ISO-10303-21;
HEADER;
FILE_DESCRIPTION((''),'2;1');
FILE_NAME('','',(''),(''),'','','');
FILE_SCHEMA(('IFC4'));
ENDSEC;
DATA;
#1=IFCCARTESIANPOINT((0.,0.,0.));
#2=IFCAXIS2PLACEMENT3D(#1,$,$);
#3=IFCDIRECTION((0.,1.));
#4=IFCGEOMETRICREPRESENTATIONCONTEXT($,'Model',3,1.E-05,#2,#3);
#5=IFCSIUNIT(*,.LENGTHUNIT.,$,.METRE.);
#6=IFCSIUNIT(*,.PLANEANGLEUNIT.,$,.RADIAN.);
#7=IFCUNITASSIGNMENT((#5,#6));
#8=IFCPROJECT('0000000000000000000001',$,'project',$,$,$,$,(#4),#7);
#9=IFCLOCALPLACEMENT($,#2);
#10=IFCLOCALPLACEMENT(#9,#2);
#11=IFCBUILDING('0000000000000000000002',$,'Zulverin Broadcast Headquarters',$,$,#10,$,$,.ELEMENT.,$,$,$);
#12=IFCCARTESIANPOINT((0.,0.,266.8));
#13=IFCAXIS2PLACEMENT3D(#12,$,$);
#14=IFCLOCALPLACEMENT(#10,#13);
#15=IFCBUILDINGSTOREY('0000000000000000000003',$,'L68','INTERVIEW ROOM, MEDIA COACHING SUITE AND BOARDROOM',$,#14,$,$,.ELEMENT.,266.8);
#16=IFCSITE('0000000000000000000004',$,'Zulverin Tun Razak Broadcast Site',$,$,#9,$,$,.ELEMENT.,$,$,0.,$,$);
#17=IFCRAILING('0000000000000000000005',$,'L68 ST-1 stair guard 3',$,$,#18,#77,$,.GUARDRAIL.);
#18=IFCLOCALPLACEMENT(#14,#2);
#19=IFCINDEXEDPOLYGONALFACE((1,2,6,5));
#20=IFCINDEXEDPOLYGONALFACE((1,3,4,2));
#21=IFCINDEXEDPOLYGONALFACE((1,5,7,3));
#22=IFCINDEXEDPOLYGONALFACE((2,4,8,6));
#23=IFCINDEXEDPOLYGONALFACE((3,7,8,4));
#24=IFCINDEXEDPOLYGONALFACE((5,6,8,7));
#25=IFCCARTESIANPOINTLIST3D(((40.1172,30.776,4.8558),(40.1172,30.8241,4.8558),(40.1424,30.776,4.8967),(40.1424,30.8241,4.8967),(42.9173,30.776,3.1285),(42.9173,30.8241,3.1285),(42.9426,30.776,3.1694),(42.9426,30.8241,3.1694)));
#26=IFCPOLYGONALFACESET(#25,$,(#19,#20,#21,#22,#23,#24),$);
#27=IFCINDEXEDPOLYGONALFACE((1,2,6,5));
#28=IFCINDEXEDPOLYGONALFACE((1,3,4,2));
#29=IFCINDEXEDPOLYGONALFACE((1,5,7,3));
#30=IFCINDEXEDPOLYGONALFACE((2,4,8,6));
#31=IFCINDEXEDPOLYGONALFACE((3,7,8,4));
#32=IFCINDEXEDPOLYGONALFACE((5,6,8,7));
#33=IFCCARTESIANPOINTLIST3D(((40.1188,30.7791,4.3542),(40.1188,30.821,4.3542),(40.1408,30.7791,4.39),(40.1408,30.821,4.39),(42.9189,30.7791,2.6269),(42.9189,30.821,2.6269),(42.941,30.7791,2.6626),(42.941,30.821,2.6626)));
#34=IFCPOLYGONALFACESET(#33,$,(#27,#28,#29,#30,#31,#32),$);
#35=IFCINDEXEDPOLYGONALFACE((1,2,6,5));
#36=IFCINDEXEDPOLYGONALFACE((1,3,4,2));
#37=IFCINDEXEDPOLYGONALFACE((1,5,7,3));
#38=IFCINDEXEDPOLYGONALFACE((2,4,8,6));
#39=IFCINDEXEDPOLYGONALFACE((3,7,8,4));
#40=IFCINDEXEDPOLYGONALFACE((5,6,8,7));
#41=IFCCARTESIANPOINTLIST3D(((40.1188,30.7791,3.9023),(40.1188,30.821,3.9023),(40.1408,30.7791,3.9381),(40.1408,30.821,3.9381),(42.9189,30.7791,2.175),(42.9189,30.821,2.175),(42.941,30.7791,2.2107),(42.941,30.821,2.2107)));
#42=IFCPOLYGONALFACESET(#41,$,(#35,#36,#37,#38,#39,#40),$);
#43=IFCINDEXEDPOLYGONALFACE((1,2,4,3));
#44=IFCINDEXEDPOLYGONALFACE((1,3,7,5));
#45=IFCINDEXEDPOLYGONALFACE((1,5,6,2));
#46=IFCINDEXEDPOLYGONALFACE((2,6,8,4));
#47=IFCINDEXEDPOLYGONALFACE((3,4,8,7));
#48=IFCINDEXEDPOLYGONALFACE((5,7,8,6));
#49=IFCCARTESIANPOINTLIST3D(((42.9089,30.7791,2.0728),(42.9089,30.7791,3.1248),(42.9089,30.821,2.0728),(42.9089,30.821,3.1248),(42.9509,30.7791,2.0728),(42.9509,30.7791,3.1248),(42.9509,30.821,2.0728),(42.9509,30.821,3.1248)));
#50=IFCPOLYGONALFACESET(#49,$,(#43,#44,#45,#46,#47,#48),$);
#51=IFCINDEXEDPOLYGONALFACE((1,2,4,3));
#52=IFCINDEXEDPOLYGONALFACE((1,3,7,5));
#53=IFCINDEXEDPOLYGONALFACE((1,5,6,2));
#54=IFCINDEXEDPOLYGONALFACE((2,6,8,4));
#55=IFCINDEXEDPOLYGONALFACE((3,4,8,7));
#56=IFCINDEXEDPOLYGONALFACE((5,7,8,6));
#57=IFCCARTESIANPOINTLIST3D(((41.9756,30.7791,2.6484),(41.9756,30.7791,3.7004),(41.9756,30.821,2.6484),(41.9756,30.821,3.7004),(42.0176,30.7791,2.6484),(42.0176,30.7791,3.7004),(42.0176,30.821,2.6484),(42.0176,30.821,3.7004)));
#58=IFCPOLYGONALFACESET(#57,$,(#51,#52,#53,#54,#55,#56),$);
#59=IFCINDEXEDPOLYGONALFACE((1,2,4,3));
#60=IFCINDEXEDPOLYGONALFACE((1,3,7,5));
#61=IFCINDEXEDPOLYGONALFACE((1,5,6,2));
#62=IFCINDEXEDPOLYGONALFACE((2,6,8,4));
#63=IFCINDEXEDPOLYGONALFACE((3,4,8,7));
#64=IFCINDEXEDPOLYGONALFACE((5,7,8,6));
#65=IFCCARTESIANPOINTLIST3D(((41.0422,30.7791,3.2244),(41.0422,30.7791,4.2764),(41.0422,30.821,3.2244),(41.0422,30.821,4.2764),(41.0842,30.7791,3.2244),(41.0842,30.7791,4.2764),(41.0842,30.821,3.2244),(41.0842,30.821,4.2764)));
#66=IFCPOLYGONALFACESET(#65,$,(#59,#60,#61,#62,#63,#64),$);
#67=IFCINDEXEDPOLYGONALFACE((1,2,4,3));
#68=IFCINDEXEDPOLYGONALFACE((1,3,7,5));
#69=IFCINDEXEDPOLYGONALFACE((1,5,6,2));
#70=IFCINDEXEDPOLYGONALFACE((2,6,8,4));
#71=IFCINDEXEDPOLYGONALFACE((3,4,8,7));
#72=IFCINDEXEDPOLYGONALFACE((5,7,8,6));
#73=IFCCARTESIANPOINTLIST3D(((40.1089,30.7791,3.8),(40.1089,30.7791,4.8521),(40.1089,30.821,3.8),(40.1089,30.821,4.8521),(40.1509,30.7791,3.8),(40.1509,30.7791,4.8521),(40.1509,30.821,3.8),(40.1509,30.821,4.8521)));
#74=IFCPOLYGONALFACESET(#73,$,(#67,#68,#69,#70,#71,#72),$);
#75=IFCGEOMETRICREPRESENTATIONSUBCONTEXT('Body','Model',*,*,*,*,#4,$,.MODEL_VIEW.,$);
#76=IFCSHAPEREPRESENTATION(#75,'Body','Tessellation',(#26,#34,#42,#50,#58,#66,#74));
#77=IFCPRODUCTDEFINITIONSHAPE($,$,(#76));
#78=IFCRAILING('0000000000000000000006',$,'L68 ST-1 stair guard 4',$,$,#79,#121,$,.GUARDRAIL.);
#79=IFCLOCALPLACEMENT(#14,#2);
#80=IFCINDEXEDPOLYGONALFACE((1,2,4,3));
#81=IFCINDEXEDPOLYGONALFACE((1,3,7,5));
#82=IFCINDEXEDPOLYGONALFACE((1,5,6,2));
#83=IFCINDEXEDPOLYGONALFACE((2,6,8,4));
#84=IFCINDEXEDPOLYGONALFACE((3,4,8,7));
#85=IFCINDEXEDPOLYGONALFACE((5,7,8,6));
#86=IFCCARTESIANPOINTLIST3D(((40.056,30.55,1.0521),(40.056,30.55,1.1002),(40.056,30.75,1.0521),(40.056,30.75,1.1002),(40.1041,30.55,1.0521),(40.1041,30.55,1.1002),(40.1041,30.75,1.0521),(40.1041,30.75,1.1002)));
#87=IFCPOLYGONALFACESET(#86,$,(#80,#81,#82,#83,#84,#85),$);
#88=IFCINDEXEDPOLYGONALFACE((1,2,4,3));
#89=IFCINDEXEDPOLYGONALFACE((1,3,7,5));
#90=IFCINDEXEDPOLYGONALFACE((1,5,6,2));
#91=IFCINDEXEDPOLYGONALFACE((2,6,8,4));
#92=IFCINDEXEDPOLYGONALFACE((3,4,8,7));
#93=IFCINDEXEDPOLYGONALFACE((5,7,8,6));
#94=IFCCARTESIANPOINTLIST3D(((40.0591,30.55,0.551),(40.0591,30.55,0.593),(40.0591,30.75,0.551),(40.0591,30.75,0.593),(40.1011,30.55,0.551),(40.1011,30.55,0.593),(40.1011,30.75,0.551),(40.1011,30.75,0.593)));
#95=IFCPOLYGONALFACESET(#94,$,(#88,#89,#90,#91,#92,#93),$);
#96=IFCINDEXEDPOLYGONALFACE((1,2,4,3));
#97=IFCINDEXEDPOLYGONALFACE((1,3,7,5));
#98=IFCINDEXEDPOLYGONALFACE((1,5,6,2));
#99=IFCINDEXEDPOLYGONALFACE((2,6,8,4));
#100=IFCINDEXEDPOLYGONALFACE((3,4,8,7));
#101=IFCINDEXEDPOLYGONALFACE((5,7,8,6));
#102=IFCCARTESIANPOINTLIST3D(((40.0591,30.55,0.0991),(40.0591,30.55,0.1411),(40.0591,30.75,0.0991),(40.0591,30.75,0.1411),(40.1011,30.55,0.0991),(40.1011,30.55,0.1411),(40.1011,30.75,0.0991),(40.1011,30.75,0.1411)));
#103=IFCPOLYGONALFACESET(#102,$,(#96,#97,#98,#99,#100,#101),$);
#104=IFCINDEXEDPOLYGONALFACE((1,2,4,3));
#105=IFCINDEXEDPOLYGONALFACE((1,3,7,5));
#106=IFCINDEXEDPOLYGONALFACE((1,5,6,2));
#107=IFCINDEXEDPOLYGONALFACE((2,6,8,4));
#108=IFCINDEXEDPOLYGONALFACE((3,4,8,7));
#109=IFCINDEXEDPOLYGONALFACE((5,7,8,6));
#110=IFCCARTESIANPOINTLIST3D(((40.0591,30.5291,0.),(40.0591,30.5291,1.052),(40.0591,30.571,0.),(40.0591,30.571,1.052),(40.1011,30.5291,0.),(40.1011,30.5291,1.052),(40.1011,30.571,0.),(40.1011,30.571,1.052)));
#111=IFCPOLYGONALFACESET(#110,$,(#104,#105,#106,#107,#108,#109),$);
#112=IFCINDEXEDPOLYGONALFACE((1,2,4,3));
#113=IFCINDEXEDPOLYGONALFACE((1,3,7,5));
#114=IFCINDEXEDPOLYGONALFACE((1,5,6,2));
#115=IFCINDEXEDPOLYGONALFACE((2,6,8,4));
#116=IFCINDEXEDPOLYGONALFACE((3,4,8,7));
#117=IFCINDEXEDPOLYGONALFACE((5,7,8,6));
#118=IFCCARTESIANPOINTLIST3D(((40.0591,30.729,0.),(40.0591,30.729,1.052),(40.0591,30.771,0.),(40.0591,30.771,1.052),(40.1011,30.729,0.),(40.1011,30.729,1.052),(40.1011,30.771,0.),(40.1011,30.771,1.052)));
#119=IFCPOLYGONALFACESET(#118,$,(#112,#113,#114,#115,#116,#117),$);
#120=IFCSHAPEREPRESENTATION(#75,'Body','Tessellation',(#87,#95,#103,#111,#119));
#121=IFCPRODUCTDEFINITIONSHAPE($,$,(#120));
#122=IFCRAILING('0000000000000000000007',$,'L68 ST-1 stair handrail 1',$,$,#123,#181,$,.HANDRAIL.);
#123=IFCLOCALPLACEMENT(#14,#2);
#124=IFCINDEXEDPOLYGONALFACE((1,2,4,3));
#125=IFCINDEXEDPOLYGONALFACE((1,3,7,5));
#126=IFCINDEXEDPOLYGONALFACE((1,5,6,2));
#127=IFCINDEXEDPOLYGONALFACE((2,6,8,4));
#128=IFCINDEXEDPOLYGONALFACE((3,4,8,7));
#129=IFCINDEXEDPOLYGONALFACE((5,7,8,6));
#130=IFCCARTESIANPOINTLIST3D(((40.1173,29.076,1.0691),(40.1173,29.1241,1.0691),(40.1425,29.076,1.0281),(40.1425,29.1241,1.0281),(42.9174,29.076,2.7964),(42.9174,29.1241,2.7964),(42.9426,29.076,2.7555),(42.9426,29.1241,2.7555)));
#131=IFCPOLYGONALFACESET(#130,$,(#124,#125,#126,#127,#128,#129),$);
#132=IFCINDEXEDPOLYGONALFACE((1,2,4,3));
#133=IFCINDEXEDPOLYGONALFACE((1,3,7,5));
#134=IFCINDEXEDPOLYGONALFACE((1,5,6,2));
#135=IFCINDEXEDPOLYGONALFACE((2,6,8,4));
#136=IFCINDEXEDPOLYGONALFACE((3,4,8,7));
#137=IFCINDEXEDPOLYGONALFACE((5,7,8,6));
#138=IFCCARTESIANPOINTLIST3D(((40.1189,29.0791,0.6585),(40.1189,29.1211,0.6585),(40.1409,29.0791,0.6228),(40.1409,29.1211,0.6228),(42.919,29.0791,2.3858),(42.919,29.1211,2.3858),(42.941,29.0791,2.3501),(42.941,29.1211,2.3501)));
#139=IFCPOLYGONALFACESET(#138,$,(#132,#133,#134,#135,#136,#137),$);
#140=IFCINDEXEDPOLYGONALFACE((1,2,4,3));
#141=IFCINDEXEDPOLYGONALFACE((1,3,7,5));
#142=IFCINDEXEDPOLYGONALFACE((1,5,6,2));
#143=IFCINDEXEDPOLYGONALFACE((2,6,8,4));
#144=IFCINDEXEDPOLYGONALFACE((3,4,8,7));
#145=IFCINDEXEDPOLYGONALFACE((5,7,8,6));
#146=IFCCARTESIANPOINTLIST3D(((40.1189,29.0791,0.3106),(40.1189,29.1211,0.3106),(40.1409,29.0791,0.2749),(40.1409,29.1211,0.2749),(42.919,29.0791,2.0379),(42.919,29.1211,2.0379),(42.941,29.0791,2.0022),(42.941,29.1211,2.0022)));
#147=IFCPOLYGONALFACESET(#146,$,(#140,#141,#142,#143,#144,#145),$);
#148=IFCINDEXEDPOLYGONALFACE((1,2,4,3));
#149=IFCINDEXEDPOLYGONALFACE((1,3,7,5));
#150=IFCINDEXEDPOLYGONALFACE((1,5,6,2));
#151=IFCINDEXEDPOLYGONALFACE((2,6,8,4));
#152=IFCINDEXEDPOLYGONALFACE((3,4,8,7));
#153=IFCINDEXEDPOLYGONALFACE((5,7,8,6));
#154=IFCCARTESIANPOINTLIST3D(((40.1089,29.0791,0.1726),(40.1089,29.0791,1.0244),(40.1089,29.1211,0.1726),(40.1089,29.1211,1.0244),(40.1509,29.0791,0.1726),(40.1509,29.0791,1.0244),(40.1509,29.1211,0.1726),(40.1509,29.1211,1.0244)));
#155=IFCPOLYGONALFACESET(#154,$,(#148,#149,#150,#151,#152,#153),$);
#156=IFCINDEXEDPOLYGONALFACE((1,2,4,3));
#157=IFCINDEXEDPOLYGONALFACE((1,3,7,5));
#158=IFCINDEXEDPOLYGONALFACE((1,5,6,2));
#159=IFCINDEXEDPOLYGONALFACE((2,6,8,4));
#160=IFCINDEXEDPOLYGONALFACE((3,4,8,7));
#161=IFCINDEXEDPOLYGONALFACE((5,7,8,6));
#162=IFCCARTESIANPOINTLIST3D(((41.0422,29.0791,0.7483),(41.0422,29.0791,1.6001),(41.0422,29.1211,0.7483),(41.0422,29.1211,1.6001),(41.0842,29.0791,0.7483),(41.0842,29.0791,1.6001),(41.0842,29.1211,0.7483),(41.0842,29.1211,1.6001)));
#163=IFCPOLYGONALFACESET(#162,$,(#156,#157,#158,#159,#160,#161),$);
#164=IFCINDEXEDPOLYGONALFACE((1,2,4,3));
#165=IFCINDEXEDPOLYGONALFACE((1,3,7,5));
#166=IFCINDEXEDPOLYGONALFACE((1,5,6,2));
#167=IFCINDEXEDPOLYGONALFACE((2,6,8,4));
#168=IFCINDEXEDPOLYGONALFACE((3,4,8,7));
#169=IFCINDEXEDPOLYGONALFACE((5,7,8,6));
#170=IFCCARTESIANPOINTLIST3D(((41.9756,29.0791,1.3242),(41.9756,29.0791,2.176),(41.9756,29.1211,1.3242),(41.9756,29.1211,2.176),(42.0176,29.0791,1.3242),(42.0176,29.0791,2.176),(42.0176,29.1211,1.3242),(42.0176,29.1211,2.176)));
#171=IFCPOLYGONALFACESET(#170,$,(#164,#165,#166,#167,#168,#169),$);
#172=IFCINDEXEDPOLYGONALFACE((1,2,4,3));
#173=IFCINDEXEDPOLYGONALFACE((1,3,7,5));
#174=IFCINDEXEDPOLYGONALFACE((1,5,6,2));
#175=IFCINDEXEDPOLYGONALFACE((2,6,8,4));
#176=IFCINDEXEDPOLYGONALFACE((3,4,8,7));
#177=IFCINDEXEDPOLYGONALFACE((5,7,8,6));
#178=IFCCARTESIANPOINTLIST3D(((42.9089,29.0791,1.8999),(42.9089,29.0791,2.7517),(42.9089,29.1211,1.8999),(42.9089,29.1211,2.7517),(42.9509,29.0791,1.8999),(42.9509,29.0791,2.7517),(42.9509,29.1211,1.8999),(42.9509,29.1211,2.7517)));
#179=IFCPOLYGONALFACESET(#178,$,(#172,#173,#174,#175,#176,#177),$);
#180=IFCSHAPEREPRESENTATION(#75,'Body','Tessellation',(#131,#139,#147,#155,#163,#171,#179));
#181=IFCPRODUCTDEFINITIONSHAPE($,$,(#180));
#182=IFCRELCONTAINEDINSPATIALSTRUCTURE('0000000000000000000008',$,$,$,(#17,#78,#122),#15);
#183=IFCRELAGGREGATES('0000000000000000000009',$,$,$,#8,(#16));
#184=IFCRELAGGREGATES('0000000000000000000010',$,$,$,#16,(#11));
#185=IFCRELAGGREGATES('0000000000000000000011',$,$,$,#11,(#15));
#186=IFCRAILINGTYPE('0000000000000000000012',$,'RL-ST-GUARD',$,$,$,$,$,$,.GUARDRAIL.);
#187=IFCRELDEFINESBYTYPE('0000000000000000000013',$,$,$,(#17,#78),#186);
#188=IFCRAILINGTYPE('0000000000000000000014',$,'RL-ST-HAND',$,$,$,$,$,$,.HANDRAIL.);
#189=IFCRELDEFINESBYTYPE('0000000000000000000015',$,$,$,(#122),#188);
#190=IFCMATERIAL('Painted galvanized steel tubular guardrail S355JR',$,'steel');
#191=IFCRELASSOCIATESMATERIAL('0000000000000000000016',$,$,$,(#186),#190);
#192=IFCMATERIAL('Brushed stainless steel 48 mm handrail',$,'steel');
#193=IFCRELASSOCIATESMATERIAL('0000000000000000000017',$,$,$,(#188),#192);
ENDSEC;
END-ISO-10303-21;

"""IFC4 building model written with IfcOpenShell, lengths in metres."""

from ifc_helpers import new_model, si_unit, direction, frame, origin, origin_2d, place, context, subcontext, project, spatial, rectangle, extrude, material, type_object, element, save


model = new_model("IFC4")

# Units and contexts
model_context = context("Model", 3, precision=1e-05, world=origin(), true_north=direction((0.0, 1.0)))
body_context = subcontext(model_context, "Body", "Model", "MODEL_VIEW")
ifc_project = project(units=[si_unit("LENGTHUNIT", "METRE"), si_unit("PLANEANGLEUNIT", "RADIAN")], contexts=[model_context])

# Site, building, storey
site_placement = place(None, origin())
site = spatial("IfcSite", under=ifc_project, at=site_placement, Name="Zulverin Tun Razak Broadcast Site", CompositionType="ELEMENT", RefElevation=0.0)
building_placement = place(site_placement, origin())
building = spatial("IfcBuilding", under=site, at=building_placement, Name="Zulverin Broadcast Headquarters", CompositionType="ELEMENT")
storey_placement = place(building_placement, frame((0.0, 0.0, 266.8)))
storey = spatial("IfcBuildingStorey", under=building, at=storey_placement, Name="L68", Description="INTERVIEW ROOM, MEDIA COACHING SUITE AND BOARDROOM", CompositionType="ELEMENT", Elevation=266.8)

# Railings
ifc_material_1 = material(Name="Painted galvanized steel tubular guardrail S355JR", Category="steel")
railing_type_1 = type_object("IfcRailingType", Name="RL-ST-GUARD", PredefinedType="GUARDRAIL", material=ifc_material_1)
railing_1_placement = place(storey_placement, frame((42.9299, 30.8, 2.0728)))
element("IfcRailing", 1, at=railing_1_placement, inside=storey, type_object=railing_type_1, Name="L68 ST-1 stair guard 3", PredefinedType="GUARDRAIL", context=body_context, shape_type="SweptSolid", body=[
    extrude(rectangle(XDim=0.0481, YDim=0.0481, at=origin_2d()), frame((0.0, 0.0, 1.0762), z_axis=(-0.85109, 0.0, 0.52502), x_axis=(0.0, -1.0, 0.0)), (0.0, 0.0, 1.0), 3.29),
    extrude(rectangle(XDim=0.042, YDim=0.042, at=origin_2d()), frame((0.0, 0.0, 0.572), z_axis=(-0.85109, 0.0, 0.52502), x_axis=(0.0, -1.0, 0.0)), (0.0, 0.0, 1.0), 3.29),
    extrude(rectangle(XDim=0.042, YDim=0.042, at=origin_2d()), frame((0.0, 0.0, 0.1201), z_axis=(-0.85109, 0.0, 0.52502), x_axis=(0.0, -1.0, 0.0)), (0.0, 0.0, 1.0), 3.29),
    extrude(rectangle(XDim=0.042, YDim=0.042, at=origin_2d()), origin(), (0.0, 0.0, 1.0), 1.052),
    extrude(rectangle(XDim=0.042, YDim=0.042, at=origin_2d()), frame((-0.9333, 0.0, 0.5757)), (0.0, 0.0, 1.0), 1.052),
    extrude(rectangle(XDim=0.042, YDim=0.042, at=origin_2d()), frame((-1.8667, 0.0, 1.1516)), (0.0, 0.0, 1.0), 1.052),
    extrude(rectangle(XDim=0.042, YDim=0.042, at=origin_2d()), frame((-2.8, 0.0, 1.7273)), (0.0, 0.0, 1.0), 1.052),
])
railing_2_placement = place(storey_placement, frame((40.0801, 30.55, 0.0)))
element("IfcRailing", 2, at=railing_2_placement, inside=storey, type_object=railing_type_1, Name="L68 ST-1 stair guard 4", PredefinedType="GUARDRAIL", context=body_context, shape_type="SweptSolid", body=[
    extrude(rectangle(XDim=0.0481, YDim=0.0481, at=origin_2d()), frame((0.0, 0.0, 1.0762), z_axis=(0.0, 1.0, 0.0), x_axis=(-1.0, 0.0, 0.0)), (0.0, 0.0, 1.0), 0.2),
    extrude(rectangle(XDim=0.042, YDim=0.042, at=origin_2d()), frame((0.0, 0.0, 0.572), z_axis=(0.0, 1.0, 0.0), x_axis=(-1.0, 0.0, 0.0)), (0.0, 0.0, 1.0), 0.2),
    extrude(rectangle(XDim=0.042, YDim=0.042, at=origin_2d()), frame((0.0, 0.0, 0.1201), z_axis=(0.0, 1.0, 0.0), x_axis=(-1.0, 0.0, 0.0)), (0.0, 0.0, 1.0), 0.2),
    extrude(rectangle(XDim=0.042, YDim=0.042, at=origin_2d()), origin(), (0.0, 0.0, 1.0), 1.052),
    extrude(rectangle(XDim=0.042, YDim=0.042, at=origin_2d()), frame((0.0, 0.2, 0.0)), (0.0, 0.0, 1.0), 1.052),
])
ifc_material_2 = material(Name="Brushed stainless steel 48 mm handrail", Category="steel")
railing_type_2 = type_object("IfcRailingType", Name="RL-ST-HAND", PredefinedType="HANDRAIL", material=ifc_material_2)
railing_3_placement = place(storey_placement, frame((40.1299, 29.1001, 0.1726)))
element("IfcRailing", 3, at=railing_3_placement, inside=storey, type_object=railing_type_2, Name="L68 ST-1 stair handrail 1", PredefinedType="HANDRAIL", context=body_context, shape_type="SweptSolid", body=[
    extrude(rectangle(XDim=0.0481, YDim=0.0481, at=origin_2d()), frame((0.0, 0.0, 0.876), z_axis=(0.85109, 0.0, 0.52502), x_axis=(0.0, 1.0, 0.0)), (0.0, 0.0, 1.0), 3.29),
    extrude(rectangle(XDim=0.042, YDim=0.042, at=origin_2d()), frame((0.0, 0.0, 0.468), z_axis=(0.85109, 0.0, 0.52502), x_axis=(0.0, 1.0, 0.0)), (0.0, 0.0, 1.0), 3.29),
    extrude(rectangle(XDim=0.042, YDim=0.042, at=origin_2d()), frame((0.0, 0.0, 0.1201), z_axis=(0.85109, 0.0, 0.52502), x_axis=(0.0, 1.0, 0.0)), (0.0, 0.0, 1.0), 3.29),
    extrude(rectangle(XDim=0.042, YDim=0.042, at=origin_2d()), origin(), (0.0, 0.0, 1.0), 0.8518),
    extrude(rectangle(XDim=0.042, YDim=0.042, at=origin_2d()), frame((0.9333, 0.0, 0.5757)), (0.0, 0.0, 1.0), 0.8518),
    extrude(rectangle(XDim=0.042, YDim=0.042, at=origin_2d()), frame((1.8667, 0.0, 1.1516)), (0.0, 0.0, 1.0), 0.8518),
    extrude(rectangle(XDim=0.042, YDim=0.042, at=origin_2d()), frame((2.8, 0.0, 1.7273)), (0.0, 0.0, 1.0), 0.8518),
])

save(model, "model.ifc")
